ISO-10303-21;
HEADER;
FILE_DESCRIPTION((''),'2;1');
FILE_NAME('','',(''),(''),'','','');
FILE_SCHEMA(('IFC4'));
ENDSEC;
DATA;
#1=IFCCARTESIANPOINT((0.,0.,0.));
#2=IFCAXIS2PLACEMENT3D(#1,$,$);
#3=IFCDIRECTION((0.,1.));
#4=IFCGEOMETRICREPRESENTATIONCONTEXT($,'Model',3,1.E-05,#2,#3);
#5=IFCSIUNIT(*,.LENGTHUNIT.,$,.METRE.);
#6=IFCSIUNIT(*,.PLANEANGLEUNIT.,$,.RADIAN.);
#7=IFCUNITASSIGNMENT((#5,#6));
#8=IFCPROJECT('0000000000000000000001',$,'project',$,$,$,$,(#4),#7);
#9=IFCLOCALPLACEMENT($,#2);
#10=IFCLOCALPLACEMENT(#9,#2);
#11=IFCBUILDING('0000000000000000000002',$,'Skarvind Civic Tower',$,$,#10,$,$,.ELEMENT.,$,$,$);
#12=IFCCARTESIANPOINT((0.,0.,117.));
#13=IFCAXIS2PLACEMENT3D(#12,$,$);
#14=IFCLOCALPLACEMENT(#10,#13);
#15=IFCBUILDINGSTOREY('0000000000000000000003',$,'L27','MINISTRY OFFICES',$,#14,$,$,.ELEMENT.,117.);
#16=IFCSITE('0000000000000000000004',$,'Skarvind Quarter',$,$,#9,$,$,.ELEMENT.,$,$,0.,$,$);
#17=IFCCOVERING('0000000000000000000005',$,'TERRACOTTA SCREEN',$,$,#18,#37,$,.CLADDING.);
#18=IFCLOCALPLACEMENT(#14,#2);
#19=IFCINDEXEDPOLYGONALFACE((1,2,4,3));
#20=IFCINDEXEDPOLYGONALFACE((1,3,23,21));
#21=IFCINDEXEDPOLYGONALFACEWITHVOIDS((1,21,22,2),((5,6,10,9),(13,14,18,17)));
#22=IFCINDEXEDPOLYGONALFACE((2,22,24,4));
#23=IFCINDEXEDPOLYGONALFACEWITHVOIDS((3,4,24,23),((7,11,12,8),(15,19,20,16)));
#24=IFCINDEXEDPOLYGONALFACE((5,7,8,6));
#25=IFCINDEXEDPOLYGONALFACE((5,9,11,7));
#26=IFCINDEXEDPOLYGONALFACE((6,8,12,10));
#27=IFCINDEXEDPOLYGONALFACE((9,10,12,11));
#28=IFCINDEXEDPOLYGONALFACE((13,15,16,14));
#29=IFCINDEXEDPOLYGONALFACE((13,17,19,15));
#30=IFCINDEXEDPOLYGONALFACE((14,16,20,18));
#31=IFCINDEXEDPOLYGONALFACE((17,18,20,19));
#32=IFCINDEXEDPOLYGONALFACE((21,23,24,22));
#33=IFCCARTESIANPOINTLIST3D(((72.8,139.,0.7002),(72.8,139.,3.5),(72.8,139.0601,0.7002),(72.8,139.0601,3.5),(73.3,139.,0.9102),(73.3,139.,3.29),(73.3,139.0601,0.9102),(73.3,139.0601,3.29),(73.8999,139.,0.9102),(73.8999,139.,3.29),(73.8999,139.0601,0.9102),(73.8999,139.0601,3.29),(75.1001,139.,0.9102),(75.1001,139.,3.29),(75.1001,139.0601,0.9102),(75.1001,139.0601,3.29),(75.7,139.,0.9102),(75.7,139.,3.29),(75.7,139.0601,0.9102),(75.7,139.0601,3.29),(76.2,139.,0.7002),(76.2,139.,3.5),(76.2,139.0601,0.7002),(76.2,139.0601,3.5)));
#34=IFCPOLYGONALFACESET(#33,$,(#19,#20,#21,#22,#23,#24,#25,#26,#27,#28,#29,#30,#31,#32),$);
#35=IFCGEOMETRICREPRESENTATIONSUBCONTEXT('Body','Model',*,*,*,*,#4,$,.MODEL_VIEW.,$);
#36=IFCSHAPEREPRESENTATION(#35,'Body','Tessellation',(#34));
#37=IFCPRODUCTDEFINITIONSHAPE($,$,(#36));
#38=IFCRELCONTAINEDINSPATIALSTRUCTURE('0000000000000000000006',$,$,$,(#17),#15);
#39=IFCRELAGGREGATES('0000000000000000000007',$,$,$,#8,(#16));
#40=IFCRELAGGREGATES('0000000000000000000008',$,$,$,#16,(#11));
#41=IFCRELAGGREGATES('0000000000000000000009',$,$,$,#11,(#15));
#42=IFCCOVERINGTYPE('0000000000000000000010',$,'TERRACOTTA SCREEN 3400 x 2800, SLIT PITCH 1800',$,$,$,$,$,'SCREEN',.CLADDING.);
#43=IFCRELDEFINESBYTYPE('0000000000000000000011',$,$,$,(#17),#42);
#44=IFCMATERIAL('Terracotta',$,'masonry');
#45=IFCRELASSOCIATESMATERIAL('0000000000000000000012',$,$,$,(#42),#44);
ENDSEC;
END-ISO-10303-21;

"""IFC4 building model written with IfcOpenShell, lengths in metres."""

from ifc_helpers import new_model, si_unit, direction, frame, origin, place, context, subcontext, project, spatial, polyline, outline, extrude, material, material_profile, profile_set, type_object, element, save


model = new_model("IFC4")

# Units and contexts
model_context = context("Model", 3, precision=1e-05, world=origin(), true_north=direction((0.0, 1.0)))
body_context = subcontext(model_context, "Body", "Model", "MODEL_VIEW")
ifc_project = project(units=[si_unit("LENGTHUNIT", "METRE"), si_unit("PLANEANGLEUNIT", "RADIAN")], contexts=[model_context])

# Site, building, storey
site_placement = place(None, origin())
site = spatial("IfcSite", under=ifc_project, at=site_placement, Name="Skarvind Quarter", CompositionType="ELEMENT", RefElevation=0.0)
building_placement = place(site_placement, origin())
building = spatial("IfcBuilding", under=site, at=building_placement, Name="Skarvind Civic Tower", CompositionType="ELEMENT")
storey_placement = place(building_placement, frame((0.0, 0.0, 117.0)))
storey = spatial("IfcBuildingStorey", under=building, at=storey_placement, Name="L27", Description="MINISTRY OFFICES", CompositionType="ELEMENT", Elevation=117.0)

# Covering
ifc_material_1 = material(Name="Terracotta", Category="masonry")
ifc_material_profile_1 = material_profile(ifc_material_1, outline(polyline([(-1.7, -1.3999), (1.7, -1.3999), (1.7, 1.3999), (-1.7, 1.3999), (-1.7, -1.3999)]), holes=[polyline([(-1.2, -1.1899), (-0.6001, -1.1899), (-0.6001, 1.1899), (-1.2, 1.1899), (-1.2, -1.1899)]), polyline([(0.6001, -1.1899), (1.2, -1.1899), (1.2, 1.1899), (0.6001, 1.1899), (0.6001, -1.1899)])]), Name="TERRACOTTA SCREEN 3400 x 2800, SLIT PITCH 1800")
ifc_profile_set_1 = profile_set([ifc_material_profile_1], Name="Terracotta")
covering_type = type_object("IfcCoveringType", Name="TERRACOTTA SCREEN 3400 x 2800, SLIT PITCH 1800", ElementType="SCREEN", PredefinedType="CLADDING", material=ifc_profile_set_1)
covering_placement = place(storey_placement, frame((74.5, 139.0, 2.1001), z_axis=(0.0, 1.0, 0.0), x_axis=(-1.0, 0.0, 0.0)))
element("IfcCovering", 1, at=covering_placement, inside=storey, type_object=covering_type, Name="TERRACOTTA SCREEN", PredefinedType="CLADDING", context=body_context, shape_type="SweptSolid", body=[
    extrude(outline(polyline([(-1.7, -1.3999), (1.7, -1.3999), (1.7, 1.3999), (-1.7, 1.3999), (-1.7, -1.3999)]), holes=[polyline([(-1.2, -1.1899), (-0.6001, -1.1899), (-0.6001, 1.1899), (-1.2, 1.1899), (-1.2, -1.1899)]), polyline([(0.6001, -1.1899), (1.2, -1.1899), (1.2, 1.1899), (0.6001, 1.1899), (0.6001, -1.1899)])]), origin(), (0.0, 0.0, 1.0), 0.0601),
])

save(model, "model.ifc")
